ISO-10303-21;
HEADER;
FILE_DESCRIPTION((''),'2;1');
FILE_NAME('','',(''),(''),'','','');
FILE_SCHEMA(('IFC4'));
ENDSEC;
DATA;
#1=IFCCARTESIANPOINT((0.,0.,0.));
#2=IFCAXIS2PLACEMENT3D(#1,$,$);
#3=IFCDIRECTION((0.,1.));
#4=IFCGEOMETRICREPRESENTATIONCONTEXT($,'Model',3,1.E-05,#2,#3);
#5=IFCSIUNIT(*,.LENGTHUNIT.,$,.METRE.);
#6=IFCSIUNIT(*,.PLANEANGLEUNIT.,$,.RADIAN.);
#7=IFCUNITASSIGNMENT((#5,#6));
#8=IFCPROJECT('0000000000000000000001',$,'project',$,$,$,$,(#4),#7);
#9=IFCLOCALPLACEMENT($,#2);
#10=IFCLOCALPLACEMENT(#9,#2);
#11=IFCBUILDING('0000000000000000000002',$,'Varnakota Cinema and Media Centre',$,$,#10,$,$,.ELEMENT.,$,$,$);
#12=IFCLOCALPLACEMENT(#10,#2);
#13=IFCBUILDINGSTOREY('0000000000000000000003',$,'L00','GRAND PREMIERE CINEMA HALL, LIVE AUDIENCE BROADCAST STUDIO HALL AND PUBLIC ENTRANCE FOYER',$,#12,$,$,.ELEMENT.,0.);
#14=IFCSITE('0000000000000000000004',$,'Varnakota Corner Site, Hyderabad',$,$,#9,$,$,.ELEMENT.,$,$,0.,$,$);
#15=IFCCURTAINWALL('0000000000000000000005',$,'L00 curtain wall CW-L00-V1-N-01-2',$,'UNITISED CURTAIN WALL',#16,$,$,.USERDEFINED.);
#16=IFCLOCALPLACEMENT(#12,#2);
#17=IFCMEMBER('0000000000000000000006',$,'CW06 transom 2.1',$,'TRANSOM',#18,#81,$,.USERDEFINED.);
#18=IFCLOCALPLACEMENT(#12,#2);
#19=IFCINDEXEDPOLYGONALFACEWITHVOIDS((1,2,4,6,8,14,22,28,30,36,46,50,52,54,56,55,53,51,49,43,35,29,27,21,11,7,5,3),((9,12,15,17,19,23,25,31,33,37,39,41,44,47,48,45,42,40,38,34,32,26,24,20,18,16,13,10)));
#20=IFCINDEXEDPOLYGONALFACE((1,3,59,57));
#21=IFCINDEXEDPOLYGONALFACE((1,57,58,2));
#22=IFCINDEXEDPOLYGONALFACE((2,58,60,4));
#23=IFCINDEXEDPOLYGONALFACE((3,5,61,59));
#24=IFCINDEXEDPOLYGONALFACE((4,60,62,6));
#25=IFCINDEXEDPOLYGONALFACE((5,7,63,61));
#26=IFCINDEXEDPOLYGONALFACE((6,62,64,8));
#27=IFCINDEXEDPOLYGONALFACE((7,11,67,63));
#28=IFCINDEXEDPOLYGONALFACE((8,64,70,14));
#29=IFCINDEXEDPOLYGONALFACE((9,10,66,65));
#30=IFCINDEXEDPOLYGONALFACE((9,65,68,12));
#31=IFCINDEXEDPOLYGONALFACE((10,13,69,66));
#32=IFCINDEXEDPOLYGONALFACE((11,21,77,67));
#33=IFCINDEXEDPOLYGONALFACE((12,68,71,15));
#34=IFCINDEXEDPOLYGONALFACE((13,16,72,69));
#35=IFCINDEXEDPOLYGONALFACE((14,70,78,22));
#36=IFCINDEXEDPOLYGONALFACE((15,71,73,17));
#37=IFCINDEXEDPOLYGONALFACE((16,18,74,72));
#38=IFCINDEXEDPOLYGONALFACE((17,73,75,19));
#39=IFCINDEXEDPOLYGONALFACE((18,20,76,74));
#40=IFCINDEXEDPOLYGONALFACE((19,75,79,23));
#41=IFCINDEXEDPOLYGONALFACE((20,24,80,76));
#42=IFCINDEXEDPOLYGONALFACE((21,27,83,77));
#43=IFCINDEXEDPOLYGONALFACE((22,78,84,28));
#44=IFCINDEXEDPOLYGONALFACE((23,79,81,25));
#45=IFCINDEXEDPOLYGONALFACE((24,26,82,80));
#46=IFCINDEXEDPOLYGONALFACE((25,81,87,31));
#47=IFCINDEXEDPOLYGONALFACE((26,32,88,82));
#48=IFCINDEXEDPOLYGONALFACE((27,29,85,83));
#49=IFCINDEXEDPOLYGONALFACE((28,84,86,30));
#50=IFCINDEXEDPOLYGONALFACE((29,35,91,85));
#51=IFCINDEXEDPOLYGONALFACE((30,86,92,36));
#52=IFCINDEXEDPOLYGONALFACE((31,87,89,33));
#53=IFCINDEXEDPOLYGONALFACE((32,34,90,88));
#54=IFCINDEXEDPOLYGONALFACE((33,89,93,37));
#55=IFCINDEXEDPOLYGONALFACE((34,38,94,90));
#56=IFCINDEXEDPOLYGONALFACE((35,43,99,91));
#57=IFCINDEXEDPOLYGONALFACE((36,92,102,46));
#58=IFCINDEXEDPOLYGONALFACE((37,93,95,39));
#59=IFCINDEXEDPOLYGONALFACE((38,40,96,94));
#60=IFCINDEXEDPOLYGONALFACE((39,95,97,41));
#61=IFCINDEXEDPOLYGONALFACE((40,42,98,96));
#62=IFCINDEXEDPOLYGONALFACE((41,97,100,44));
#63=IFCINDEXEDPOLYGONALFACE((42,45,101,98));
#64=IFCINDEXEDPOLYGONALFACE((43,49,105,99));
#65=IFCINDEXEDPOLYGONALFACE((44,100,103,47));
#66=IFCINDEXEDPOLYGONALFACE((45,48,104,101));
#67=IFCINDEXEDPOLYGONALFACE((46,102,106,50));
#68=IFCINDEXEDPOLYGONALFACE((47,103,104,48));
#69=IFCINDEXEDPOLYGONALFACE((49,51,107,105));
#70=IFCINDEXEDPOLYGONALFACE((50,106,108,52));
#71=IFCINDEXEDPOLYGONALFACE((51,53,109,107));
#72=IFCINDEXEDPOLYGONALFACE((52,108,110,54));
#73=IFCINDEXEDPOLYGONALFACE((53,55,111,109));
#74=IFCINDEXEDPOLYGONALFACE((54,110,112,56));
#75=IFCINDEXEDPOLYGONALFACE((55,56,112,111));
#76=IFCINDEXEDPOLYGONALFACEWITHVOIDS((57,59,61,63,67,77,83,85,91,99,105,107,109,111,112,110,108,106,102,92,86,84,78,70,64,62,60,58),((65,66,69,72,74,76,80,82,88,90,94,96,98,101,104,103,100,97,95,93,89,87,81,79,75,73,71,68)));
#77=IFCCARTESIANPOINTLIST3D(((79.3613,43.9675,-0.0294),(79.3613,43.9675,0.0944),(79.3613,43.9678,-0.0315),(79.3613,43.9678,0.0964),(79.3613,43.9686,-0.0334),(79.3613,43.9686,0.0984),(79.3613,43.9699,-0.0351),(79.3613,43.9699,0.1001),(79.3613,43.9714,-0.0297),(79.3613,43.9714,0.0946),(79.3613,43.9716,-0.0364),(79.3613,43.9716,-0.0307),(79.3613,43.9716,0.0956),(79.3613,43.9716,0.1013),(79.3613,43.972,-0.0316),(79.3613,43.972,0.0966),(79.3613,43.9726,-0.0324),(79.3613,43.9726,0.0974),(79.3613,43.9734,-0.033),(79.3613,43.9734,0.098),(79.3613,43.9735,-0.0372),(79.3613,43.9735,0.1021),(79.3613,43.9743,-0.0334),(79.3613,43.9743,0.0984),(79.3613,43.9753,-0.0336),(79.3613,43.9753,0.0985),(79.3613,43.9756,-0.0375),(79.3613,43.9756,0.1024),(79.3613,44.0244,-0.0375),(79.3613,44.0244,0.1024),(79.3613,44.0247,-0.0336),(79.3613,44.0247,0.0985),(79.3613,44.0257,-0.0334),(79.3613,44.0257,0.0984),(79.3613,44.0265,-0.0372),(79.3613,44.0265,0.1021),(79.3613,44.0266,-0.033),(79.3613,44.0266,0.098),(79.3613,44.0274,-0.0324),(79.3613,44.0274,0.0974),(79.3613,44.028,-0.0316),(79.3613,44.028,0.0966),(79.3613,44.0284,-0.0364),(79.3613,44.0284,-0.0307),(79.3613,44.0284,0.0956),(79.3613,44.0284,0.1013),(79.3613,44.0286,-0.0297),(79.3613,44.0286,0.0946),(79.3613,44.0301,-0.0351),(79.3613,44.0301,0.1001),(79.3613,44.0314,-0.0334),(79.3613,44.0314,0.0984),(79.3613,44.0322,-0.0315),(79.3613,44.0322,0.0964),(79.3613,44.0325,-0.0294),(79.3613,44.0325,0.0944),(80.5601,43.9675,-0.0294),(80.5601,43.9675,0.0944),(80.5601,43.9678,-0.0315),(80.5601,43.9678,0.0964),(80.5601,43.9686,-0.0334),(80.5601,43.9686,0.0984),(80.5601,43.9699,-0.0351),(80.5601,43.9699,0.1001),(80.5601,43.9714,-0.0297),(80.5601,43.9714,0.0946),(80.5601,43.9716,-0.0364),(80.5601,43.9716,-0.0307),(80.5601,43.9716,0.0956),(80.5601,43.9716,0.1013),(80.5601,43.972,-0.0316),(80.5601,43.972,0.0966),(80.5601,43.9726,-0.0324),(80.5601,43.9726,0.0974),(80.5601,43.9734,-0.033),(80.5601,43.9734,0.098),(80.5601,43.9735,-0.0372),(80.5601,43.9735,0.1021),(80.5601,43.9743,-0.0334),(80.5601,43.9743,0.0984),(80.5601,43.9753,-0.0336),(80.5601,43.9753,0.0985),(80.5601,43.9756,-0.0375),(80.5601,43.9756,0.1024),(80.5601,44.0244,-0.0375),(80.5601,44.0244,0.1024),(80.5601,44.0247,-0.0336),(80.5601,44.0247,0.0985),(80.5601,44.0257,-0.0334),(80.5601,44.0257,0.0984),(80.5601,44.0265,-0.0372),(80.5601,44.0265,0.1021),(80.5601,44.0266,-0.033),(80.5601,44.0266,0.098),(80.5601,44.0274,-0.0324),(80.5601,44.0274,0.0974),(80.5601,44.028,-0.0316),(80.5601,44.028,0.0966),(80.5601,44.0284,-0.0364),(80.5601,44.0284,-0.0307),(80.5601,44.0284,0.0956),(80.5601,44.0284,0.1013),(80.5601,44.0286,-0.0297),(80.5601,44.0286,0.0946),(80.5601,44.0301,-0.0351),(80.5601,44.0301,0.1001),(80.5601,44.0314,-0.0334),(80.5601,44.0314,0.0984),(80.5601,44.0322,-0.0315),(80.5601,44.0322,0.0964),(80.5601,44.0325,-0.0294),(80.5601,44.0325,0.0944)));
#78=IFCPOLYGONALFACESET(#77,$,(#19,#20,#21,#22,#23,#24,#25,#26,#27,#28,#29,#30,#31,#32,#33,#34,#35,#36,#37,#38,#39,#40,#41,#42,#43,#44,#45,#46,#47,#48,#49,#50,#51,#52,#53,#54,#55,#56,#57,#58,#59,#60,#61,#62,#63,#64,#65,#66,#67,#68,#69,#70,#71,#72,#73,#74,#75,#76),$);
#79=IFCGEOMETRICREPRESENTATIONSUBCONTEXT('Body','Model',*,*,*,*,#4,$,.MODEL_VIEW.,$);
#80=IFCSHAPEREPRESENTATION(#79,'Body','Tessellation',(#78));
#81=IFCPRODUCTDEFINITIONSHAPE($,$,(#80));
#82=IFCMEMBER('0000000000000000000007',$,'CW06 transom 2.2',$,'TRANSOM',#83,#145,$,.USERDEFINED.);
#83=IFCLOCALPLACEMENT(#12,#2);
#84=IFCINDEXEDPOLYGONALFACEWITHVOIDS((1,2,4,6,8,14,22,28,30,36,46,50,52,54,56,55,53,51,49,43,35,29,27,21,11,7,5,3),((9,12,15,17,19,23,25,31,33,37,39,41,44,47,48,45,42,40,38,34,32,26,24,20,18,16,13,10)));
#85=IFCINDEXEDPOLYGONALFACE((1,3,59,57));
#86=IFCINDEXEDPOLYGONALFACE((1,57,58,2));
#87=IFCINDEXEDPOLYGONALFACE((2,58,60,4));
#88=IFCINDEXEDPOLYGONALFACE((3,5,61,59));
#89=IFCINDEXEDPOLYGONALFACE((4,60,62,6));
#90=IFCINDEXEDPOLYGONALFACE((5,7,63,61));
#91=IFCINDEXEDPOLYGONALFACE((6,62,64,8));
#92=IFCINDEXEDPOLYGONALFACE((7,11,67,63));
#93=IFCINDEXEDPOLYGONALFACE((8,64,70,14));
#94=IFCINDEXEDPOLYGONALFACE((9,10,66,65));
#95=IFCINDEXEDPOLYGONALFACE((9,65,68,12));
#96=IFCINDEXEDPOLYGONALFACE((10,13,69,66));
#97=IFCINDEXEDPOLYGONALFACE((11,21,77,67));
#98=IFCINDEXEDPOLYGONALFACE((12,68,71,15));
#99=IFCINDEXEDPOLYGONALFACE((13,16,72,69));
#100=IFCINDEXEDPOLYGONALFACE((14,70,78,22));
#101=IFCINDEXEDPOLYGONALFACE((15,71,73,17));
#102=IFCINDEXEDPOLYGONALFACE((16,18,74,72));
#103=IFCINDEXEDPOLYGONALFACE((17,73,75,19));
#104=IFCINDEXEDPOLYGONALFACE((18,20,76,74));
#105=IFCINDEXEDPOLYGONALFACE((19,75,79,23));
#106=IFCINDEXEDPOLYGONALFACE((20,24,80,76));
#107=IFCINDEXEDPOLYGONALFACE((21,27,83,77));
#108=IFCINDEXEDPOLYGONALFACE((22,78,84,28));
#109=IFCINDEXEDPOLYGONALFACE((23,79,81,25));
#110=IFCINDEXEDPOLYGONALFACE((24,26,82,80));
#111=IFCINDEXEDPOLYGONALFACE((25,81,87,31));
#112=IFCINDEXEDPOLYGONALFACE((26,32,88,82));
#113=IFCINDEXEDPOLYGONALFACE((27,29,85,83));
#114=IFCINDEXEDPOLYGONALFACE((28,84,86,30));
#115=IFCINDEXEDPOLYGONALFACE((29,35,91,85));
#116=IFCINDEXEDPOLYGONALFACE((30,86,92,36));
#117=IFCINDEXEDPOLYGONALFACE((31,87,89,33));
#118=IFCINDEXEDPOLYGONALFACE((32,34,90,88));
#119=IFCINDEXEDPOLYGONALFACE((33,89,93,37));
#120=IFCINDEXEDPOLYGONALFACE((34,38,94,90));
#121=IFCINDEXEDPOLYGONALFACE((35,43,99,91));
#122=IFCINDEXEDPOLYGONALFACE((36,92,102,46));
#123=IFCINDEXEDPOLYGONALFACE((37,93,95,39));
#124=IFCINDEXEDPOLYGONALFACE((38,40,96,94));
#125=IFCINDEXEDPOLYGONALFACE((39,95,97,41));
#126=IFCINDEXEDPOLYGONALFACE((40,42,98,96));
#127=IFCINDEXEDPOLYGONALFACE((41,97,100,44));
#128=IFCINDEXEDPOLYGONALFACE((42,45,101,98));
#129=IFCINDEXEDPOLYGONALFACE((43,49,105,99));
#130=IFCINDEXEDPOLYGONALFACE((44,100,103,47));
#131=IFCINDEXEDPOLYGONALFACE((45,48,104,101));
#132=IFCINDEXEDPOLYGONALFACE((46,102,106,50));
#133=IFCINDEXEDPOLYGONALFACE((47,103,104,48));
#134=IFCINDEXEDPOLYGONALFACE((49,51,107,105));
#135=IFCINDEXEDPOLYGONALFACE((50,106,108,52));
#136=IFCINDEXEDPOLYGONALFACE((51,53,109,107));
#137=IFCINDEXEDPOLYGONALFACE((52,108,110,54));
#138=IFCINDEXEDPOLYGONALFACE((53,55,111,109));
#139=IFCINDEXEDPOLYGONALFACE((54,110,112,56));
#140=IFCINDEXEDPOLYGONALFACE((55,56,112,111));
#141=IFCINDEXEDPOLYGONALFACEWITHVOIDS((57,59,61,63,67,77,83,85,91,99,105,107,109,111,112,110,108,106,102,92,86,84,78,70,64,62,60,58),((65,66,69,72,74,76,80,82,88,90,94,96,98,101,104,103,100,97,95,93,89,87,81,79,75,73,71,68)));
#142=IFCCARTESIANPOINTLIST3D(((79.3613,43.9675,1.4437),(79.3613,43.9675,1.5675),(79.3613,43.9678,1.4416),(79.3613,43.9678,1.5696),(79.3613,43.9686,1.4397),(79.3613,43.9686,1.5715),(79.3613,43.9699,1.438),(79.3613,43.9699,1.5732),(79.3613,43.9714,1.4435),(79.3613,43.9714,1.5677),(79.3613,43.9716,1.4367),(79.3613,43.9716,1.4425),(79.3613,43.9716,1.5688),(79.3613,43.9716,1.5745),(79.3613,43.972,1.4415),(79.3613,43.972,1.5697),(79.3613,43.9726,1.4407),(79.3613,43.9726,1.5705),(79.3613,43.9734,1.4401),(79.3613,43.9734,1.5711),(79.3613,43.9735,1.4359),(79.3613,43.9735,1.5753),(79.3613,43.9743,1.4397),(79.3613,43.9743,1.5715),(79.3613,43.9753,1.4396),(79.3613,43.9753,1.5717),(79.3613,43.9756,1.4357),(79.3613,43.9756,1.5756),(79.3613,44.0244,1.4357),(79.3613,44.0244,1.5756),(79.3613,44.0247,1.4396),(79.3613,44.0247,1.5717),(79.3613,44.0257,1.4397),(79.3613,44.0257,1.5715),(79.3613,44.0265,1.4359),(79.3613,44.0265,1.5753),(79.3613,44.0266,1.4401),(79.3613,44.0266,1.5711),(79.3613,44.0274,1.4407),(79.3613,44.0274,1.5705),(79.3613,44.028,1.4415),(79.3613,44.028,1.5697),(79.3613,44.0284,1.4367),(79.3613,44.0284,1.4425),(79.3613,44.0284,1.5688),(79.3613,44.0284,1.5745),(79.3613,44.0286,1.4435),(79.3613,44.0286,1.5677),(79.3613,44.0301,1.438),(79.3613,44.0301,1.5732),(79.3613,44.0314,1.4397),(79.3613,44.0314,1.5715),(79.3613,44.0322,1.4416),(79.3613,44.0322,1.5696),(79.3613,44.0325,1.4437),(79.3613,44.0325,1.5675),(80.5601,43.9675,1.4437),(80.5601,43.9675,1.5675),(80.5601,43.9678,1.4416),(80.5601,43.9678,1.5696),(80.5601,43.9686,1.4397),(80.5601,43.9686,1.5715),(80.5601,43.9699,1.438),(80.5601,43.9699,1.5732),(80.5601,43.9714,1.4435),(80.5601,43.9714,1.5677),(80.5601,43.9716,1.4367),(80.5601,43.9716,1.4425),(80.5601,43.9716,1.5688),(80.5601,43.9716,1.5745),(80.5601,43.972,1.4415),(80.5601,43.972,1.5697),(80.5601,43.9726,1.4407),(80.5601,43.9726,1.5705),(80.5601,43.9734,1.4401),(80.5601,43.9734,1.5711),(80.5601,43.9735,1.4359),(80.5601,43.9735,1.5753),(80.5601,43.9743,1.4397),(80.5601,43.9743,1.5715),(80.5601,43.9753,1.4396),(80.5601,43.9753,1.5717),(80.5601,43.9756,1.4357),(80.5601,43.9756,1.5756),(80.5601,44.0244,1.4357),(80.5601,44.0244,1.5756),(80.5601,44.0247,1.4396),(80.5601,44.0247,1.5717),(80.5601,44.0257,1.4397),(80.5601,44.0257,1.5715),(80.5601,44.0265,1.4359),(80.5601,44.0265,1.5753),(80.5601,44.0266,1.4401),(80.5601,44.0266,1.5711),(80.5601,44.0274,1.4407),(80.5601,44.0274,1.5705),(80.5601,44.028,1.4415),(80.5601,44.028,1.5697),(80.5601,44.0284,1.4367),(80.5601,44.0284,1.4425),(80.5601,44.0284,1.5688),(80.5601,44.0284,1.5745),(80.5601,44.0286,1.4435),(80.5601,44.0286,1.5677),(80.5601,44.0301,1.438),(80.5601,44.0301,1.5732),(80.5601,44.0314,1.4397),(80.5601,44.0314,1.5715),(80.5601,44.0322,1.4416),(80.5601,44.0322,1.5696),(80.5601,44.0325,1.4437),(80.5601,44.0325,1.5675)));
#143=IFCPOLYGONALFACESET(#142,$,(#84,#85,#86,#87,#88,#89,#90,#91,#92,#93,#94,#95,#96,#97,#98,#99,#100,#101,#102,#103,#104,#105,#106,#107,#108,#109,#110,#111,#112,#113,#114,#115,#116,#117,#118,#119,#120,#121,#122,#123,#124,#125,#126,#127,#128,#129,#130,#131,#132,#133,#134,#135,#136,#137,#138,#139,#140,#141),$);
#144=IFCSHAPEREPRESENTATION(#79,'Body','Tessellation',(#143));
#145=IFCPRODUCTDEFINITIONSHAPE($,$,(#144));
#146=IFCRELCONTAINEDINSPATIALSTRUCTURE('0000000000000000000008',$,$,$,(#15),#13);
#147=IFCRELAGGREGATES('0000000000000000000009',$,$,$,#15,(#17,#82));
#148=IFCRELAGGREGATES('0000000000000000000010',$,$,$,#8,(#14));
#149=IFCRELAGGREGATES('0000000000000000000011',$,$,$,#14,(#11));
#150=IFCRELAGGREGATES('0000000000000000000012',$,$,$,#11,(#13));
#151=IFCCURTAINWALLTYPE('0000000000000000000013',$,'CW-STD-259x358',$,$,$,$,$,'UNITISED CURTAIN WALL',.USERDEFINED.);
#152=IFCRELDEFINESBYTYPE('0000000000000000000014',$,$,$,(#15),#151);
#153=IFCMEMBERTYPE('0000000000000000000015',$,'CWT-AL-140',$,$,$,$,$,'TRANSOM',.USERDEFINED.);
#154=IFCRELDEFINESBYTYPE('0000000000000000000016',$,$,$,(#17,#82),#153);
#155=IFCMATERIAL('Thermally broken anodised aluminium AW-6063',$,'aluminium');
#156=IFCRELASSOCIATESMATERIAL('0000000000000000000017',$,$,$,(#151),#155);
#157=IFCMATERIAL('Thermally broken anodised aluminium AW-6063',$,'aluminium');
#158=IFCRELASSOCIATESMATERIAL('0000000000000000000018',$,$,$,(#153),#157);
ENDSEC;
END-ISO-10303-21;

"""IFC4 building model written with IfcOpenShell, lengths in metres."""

from ifc_helpers import new_model, si_unit, direction, frame, origin, origin_2d, place, context, subcontext, project, spatial, hollow_rectangle, extrude, material, material_profile, profile_set, type_object, element, aggregate, save


model = new_model("IFC4")

# Units and contexts
model_context = context("Model", 3, precision=1e-05, world=origin(), true_north=direction((0.0, 1.0)))
body_context = subcontext(model_context, "Body", "Model", "MODEL_VIEW")
ifc_project = project(units=[si_unit("LENGTHUNIT", "METRE"), si_unit("PLANEANGLEUNIT", "RADIAN")], contexts=[model_context])

# Site, building, storey
site_placement = place(None, origin())
site = spatial("IfcSite", under=ifc_project, at=site_placement, Name="Varnakota Corner Site, Hyderabad", CompositionType="ELEMENT", RefElevation=0.0)
building_placement = place(site_placement, origin())
building = spatial("IfcBuilding", under=site, at=building_placement, Name="Varnakota Cinema and Media Centre", CompositionType="ELEMENT")
storey_placement = place(building_placement, origin())
storey = spatial("IfcBuildingStorey", under=building, at=storey_placement, Name="L00", Description="GRAND PREMIERE CINEMA HALL, LIVE AUDIENCE BROADCAST STUDIO HALL AND PUBLIC ENTRANCE FOYER", CompositionType="ELEMENT", Elevation=0.0)

# Curtain wall
ifc_material_1 = material(Name="Thermally broken anodised aluminium AW-6063", Category="aluminium")
curtain_wall_type = type_object("IfcCurtainWallType", Name="CW-STD-259x358", ElementType="UNITISED CURTAIN WALL", PredefinedType="USERDEFINED", material=ifc_material_1)
curtain_wall_1_placement = place(storey_placement, origin())
curtain_wall_1 = element("IfcCurtainWall", 1, at=curtain_wall_1_placement, inside=storey, type_object=curtain_wall_type, Name="L00 curtain wall CW-L00-V1-N-01-2", ObjectType="UNITISED CURTAIN WALL", PredefinedType="USERDEFINED")

# Members
ifc_material_2 = material(Name="Thermally broken anodised aluminium AW-6063", Category="aluminium")
ifc_material_profile_1 = material_profile(ifc_material_2, hollow_rectangle(XDim=0.0649, YDim=0.1399, WallThickness=0.0039, InnerFilletRadius=0.0039, OuterFilletRadius=0.0081, at=origin_2d()), Name="AL-TRANSOM 140x65x4")
ifc_profile_set_1 = profile_set([ifc_material_profile_1], Name="Thermally broken anodised aluminium AW-6063")
member_type_1 = type_object("IfcMemberType", Name="CWT-AL-140", ElementType="TRANSOM", PredefinedType="USERDEFINED", material=ifc_profile_set_1)
member_1_placement = place(storey_placement, frame((79.3613, 44.0, 0.0325), z_axis=(1.0, 0.0, 0.0), x_axis=(0.0, 1.0, 0.0)))
member_1 = element("IfcMember", 2, at=member_1_placement, type_object=member_type_1, Name="CW06 transom 2.1", ObjectType="TRANSOM", PredefinedType="USERDEFINED", context=body_context, shape_type="SweptSolid", body=[
    extrude(hollow_rectangle(XDim=0.0649, YDim=0.1399, WallThickness=0.0039, InnerFilletRadius=0.0039, OuterFilletRadius=0.0081, at=origin_2d()), origin(), (0.0, 0.0, 1.0), 1.1987),
])
member_2_placement = place(storey_placement, frame((79.3613, 44.0, 1.5056), z_axis=(1.0, 0.0, 0.0), x_axis=(0.0, 1.0, 0.0)))
member_2 = element("IfcMember", 3, at=member_2_placement, type_object=member_type_1, Name="CW06 transom 2.2", ObjectType="TRANSOM", PredefinedType="USERDEFINED", context=body_context, shape_type="SweptSolid", body=[
    extrude(hollow_rectangle(XDim=0.0649, YDim=0.1399, WallThickness=0.0039, InnerFilletRadius=0.0039, OuterFilletRadius=0.0081, at=origin_2d()), origin(), (0.0, 0.0, 1.0), 1.1987),
])

aggregate(curtain_wall_1, [member_1, member_2])

save(model, "model.ifc")
